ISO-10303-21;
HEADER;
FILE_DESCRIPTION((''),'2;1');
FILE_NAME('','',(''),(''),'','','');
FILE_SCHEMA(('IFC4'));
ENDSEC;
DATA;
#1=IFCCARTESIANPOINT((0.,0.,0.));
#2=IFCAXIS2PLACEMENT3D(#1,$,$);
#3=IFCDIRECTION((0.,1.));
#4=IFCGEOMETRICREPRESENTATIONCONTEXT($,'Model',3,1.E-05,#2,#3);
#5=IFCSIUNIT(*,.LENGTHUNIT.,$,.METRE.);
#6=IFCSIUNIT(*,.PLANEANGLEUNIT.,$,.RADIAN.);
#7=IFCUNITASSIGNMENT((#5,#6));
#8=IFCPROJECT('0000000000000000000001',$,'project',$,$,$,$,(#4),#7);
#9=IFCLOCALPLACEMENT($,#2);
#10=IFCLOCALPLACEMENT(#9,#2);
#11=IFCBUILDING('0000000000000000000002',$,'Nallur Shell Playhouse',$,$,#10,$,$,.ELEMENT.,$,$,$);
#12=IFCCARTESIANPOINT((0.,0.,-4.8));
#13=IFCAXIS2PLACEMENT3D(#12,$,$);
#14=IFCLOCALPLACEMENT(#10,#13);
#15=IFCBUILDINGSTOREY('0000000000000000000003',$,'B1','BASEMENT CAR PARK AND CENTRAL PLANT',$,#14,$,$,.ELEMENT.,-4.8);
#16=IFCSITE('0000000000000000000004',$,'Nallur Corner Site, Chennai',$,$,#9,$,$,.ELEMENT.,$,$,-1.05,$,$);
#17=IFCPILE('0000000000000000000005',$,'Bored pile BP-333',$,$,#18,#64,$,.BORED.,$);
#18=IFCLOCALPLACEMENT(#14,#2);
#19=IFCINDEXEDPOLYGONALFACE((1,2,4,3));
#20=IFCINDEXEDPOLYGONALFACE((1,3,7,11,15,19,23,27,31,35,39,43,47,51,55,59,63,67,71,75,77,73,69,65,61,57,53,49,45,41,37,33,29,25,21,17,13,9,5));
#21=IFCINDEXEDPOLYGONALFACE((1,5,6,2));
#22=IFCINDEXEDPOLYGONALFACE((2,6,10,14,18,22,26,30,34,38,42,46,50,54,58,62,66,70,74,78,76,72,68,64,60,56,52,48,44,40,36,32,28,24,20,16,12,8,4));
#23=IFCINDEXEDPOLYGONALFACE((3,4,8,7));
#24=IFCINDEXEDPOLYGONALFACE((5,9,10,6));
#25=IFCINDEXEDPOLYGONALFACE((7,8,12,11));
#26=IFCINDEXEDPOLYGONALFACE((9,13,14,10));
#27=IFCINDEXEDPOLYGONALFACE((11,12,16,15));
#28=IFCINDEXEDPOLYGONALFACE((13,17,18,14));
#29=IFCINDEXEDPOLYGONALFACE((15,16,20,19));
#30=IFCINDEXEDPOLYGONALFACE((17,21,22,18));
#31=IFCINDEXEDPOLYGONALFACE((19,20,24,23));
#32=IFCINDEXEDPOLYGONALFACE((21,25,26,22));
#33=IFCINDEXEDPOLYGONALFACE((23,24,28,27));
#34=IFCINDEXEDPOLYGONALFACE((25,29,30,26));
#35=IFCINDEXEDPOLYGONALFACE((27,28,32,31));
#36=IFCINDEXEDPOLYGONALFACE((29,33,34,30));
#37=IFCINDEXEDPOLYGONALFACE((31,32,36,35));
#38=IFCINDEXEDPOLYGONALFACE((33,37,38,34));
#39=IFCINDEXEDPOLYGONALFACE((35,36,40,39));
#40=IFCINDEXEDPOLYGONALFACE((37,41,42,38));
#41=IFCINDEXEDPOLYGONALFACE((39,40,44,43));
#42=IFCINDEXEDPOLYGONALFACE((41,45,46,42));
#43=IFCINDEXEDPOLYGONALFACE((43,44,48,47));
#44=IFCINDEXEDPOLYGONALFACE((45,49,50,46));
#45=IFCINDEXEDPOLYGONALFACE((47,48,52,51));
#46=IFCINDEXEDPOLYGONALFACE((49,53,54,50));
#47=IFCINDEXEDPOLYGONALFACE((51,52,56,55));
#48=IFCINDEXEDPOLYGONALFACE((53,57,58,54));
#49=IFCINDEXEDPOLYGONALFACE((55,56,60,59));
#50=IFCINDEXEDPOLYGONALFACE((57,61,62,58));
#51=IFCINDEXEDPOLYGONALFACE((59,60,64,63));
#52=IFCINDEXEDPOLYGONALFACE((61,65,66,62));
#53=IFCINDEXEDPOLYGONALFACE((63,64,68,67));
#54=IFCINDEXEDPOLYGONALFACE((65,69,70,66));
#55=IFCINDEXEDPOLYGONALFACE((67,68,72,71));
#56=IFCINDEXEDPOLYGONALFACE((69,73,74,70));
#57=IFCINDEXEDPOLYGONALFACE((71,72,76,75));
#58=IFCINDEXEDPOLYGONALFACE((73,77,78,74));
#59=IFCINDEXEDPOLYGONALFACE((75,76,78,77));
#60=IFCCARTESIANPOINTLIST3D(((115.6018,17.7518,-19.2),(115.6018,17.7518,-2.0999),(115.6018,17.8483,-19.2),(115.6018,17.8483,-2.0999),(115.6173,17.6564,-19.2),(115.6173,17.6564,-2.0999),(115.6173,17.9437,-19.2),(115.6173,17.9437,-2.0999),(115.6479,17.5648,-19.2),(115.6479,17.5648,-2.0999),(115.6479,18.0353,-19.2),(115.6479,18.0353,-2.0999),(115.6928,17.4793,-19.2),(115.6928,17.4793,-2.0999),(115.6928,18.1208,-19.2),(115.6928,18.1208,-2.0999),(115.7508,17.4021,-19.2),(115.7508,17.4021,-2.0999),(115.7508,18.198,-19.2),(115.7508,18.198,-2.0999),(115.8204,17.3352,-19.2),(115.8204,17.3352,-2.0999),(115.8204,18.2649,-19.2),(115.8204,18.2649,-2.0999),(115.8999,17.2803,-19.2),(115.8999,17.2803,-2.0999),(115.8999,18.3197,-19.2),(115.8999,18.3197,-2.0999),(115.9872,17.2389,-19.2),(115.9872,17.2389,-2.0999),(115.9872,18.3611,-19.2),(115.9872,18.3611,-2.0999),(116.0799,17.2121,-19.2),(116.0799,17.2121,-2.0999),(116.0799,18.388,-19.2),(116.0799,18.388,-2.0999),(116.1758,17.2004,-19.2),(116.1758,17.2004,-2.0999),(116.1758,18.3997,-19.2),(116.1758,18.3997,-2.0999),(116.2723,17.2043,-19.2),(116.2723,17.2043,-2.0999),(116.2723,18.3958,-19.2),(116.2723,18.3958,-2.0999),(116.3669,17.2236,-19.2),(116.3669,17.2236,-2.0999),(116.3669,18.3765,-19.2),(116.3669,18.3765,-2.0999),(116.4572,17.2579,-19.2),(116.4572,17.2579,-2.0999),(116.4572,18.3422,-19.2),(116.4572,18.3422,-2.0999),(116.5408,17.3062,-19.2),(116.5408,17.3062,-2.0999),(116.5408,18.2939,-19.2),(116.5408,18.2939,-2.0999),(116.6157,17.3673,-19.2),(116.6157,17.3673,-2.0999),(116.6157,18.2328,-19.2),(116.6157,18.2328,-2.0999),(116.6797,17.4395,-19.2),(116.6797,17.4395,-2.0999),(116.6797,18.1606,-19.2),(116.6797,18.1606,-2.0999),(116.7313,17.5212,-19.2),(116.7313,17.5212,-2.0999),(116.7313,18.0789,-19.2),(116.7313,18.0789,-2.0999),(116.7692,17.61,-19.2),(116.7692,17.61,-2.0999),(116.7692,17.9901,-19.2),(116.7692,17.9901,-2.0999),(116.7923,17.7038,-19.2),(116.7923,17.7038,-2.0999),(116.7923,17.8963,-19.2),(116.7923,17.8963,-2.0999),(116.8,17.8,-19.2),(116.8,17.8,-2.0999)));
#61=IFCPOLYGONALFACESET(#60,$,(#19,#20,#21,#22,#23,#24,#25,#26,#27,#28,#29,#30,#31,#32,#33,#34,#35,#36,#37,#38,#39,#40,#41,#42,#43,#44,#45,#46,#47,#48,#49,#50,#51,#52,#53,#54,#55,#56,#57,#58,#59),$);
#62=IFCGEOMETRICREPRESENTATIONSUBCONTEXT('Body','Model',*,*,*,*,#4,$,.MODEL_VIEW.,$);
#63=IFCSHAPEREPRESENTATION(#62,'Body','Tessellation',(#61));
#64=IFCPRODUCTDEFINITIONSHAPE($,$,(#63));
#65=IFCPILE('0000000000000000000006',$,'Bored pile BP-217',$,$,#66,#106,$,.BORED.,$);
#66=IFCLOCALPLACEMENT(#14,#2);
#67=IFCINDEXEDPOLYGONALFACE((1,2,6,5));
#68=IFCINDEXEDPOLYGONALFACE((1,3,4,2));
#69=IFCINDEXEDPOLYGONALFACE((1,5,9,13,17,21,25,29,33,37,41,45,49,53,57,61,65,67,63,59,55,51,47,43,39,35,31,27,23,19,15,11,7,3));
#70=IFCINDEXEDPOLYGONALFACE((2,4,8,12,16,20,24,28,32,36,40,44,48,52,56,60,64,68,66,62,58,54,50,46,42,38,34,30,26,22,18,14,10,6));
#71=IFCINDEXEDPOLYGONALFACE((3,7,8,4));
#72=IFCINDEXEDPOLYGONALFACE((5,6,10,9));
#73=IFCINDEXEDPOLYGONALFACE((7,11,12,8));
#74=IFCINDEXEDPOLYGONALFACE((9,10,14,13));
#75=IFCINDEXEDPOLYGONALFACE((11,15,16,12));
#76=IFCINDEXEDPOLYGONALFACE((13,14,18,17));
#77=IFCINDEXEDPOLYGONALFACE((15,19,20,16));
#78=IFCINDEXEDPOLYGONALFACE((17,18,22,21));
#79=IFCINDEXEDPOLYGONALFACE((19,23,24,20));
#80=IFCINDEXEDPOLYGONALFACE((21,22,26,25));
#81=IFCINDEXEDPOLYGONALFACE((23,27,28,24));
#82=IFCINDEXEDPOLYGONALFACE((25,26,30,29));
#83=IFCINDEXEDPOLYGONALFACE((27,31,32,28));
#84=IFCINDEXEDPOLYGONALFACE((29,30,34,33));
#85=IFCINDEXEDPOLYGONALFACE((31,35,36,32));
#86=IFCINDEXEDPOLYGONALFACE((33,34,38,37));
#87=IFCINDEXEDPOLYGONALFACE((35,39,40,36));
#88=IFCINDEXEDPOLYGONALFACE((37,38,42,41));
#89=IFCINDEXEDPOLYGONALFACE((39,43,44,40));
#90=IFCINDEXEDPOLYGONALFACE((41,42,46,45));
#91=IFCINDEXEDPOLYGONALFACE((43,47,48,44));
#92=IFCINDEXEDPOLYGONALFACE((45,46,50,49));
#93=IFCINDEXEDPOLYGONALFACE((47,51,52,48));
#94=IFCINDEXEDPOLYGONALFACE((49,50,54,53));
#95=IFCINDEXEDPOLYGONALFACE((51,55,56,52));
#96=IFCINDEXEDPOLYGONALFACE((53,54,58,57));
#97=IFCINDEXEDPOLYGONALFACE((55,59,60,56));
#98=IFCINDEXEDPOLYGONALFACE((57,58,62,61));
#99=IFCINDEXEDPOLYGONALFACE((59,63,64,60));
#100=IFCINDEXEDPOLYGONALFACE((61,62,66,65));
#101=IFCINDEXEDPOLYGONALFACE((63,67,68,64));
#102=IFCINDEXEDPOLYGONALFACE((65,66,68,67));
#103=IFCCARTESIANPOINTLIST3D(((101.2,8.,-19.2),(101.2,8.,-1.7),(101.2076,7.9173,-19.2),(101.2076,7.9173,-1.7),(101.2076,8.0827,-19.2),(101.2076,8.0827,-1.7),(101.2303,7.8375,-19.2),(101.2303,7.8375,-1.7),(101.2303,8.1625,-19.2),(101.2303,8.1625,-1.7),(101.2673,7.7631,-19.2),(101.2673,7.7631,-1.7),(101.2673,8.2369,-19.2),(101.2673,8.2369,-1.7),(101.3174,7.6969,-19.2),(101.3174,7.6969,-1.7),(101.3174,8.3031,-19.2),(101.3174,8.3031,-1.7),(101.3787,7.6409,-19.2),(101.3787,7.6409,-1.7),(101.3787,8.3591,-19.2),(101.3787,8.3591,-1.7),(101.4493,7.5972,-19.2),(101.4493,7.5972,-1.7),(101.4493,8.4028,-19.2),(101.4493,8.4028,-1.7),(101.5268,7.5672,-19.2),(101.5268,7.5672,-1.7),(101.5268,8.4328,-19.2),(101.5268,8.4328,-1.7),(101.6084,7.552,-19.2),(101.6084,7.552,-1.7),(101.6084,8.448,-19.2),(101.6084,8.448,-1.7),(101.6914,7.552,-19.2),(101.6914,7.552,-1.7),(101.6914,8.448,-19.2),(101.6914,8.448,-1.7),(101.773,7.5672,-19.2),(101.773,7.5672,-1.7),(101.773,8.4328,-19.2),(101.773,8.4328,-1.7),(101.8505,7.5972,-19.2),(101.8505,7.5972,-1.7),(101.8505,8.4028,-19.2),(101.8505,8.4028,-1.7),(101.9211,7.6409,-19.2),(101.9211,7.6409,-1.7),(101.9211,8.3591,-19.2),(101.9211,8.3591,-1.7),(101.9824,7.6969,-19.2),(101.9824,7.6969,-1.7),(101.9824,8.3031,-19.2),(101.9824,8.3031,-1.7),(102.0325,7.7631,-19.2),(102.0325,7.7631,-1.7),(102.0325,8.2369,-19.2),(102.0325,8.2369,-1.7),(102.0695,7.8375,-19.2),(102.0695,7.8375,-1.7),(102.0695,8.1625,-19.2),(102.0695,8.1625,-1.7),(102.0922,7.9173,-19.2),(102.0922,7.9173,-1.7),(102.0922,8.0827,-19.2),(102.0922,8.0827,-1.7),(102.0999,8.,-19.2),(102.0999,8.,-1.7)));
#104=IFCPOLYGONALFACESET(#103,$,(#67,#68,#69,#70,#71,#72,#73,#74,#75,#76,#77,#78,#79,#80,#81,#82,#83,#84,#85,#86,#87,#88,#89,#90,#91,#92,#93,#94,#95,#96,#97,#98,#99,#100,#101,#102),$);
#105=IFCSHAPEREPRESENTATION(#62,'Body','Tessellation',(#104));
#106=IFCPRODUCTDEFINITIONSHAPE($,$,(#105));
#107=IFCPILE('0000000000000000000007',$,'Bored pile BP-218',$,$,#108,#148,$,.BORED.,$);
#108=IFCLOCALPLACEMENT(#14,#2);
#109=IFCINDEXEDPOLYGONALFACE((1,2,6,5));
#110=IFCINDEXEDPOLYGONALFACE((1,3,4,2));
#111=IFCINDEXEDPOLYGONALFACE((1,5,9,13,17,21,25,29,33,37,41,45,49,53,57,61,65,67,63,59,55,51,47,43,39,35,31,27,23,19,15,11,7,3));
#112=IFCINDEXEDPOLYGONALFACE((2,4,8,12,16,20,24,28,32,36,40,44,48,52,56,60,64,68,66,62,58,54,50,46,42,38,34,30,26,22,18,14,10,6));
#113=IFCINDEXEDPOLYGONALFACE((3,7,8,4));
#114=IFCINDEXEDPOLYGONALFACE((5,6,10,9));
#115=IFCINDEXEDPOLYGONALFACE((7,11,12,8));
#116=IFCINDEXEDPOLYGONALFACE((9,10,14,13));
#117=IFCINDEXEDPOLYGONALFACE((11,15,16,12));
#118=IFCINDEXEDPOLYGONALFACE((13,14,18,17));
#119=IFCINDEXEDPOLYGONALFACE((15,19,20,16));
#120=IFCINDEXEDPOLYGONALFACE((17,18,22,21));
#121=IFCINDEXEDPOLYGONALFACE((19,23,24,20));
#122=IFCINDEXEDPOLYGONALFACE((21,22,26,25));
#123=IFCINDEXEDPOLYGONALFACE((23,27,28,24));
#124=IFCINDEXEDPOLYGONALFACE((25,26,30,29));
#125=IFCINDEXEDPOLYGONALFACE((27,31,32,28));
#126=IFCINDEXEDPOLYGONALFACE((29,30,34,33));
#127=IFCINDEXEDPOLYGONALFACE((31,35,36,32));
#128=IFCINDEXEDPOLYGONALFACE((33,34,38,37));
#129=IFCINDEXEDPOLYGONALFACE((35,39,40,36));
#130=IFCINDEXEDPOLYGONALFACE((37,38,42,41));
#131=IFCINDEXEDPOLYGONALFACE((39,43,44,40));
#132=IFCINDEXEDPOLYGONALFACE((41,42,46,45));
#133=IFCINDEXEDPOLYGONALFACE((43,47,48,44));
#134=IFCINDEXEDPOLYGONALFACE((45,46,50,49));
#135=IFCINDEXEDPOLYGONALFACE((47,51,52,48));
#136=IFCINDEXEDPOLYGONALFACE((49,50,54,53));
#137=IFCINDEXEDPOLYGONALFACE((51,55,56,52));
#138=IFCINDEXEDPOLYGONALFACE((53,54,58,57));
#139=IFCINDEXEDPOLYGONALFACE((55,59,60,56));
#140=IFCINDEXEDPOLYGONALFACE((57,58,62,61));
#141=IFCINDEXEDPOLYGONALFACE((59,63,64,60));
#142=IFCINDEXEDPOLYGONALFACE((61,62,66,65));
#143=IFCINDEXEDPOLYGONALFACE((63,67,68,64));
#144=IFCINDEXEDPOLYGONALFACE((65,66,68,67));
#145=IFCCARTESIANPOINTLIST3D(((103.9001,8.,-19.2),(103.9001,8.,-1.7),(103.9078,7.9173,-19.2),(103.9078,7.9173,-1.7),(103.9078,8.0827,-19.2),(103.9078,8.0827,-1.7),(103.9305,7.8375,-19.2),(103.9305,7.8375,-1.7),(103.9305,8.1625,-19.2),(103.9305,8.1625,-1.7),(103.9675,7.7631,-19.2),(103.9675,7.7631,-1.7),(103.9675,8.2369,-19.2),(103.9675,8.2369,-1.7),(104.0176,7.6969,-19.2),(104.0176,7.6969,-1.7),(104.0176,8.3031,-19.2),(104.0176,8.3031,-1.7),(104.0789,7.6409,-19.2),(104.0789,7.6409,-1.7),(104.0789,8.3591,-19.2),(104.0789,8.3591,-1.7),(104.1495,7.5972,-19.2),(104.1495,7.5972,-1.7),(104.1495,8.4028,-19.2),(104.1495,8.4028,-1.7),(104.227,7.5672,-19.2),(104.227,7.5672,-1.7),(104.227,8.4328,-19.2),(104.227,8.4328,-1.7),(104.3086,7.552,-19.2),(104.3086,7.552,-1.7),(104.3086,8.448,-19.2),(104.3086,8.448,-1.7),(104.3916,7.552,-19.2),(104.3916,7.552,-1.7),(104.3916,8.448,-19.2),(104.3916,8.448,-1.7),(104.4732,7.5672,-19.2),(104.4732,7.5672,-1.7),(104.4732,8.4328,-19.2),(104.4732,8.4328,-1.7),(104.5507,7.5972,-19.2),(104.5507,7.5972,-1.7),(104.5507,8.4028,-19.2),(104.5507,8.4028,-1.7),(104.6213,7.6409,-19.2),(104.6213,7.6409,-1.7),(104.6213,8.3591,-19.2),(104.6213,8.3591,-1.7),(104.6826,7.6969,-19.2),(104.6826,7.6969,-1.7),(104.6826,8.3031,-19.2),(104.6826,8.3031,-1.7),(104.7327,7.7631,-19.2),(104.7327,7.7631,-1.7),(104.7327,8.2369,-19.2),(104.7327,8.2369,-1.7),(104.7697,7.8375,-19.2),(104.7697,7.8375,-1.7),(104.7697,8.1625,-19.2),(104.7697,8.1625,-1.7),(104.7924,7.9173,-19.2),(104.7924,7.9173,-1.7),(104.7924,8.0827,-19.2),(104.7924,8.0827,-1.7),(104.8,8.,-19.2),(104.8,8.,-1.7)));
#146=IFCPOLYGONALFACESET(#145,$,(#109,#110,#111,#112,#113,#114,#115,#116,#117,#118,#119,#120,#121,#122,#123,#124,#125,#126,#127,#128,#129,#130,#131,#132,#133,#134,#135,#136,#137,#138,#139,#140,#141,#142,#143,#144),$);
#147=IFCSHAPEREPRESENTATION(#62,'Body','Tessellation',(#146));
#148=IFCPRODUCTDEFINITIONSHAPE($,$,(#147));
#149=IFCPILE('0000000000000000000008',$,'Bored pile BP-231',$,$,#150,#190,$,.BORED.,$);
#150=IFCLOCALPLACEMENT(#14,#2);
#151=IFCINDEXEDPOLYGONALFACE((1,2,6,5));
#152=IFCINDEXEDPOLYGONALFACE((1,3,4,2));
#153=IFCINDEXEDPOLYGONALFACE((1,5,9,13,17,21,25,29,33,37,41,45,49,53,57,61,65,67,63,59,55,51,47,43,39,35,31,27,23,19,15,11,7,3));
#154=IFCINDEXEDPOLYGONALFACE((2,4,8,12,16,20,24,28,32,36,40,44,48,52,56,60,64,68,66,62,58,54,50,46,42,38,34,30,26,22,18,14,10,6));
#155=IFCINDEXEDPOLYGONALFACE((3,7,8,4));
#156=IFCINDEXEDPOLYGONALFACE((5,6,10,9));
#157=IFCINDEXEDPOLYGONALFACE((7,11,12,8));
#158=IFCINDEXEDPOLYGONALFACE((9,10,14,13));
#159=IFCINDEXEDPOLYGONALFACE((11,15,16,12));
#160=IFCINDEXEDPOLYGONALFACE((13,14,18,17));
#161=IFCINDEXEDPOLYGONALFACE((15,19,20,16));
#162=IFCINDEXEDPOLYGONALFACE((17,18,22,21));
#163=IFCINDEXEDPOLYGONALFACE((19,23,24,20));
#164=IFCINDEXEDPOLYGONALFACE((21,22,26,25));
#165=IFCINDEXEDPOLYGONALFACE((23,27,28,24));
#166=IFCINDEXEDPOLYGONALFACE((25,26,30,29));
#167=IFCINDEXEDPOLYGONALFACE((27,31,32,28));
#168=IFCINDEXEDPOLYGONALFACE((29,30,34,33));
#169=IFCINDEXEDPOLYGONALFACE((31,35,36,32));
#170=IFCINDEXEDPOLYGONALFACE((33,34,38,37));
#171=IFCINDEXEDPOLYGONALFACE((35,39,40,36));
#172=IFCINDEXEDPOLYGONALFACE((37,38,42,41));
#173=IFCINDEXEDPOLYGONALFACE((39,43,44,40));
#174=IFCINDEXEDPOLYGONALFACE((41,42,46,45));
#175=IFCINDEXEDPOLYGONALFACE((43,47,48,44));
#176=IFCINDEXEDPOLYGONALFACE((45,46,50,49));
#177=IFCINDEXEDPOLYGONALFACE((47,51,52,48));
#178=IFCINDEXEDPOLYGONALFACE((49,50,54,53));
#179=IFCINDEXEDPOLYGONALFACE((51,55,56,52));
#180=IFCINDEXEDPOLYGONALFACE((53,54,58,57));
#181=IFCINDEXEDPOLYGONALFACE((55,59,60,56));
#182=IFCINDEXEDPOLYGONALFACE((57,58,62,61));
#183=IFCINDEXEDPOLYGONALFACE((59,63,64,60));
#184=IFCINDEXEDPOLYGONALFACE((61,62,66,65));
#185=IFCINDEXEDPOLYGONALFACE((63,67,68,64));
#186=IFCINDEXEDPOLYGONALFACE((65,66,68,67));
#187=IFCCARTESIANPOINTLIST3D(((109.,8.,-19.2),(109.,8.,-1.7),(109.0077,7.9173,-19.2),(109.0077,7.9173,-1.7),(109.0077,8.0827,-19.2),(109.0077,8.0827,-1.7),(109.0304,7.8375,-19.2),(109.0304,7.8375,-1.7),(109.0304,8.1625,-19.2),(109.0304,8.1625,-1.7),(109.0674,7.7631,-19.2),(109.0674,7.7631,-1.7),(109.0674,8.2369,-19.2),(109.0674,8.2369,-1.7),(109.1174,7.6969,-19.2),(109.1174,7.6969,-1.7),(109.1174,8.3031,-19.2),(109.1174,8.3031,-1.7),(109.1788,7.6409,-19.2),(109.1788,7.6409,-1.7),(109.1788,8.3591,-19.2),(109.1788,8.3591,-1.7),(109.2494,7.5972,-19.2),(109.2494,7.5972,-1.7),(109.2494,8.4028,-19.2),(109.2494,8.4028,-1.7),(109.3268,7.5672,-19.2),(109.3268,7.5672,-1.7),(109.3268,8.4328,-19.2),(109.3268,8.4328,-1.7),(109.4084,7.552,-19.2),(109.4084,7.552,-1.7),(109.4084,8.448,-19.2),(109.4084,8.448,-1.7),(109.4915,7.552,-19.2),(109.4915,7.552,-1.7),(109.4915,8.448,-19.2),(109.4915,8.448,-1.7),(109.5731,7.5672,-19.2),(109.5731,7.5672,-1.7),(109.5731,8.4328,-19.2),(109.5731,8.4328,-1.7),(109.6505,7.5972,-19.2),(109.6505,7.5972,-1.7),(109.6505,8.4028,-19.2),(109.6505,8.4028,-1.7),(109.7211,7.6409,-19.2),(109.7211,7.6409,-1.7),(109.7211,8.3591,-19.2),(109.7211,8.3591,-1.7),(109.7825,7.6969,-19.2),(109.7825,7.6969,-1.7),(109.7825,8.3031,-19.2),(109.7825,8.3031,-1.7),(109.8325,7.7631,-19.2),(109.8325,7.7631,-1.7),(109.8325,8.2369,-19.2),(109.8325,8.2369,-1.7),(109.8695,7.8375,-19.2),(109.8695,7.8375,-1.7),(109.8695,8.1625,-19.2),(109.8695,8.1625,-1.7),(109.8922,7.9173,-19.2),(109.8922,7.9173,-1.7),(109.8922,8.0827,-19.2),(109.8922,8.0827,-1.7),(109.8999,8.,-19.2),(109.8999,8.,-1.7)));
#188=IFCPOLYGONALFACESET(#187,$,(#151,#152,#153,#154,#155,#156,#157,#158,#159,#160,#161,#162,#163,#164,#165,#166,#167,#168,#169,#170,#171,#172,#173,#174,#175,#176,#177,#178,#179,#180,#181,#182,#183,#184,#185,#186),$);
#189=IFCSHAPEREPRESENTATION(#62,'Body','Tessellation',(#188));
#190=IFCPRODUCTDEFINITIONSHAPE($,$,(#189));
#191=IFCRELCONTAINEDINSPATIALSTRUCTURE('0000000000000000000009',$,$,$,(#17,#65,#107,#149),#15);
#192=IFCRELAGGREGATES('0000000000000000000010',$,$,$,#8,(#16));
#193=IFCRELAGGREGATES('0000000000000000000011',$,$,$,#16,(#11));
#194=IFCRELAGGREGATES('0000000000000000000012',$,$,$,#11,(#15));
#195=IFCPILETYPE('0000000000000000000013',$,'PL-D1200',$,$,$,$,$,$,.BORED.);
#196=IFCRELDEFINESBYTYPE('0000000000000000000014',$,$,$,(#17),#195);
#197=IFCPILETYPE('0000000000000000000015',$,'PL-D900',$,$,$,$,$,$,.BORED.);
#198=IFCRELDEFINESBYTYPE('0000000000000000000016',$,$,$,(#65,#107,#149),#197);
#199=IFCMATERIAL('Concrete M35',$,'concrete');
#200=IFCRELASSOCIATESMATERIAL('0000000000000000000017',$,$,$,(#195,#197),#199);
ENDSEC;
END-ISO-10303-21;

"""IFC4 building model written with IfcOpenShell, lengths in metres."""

from ifc_helpers import new_model, si_unit, direction, frame, origin, origin_2d, place, context, subcontext, project, spatial, circle, extrude, material, material_profile, profile_set, type_object, element, save


model = new_model("IFC4")

# Units and contexts
model_context = context("Model", 3, precision=1e-05, world=origin(), true_north=direction((0.0, 1.0)))
body_context = subcontext(model_context, "Body", "Model", "MODEL_VIEW")
ifc_project = project(units=[si_unit("LENGTHUNIT", "METRE"), si_unit("PLANEANGLEUNIT", "RADIAN")], contexts=[model_context])

# Site, building, storey
site_placement = place(None, origin())
site = spatial("IfcSite", under=ifc_project, at=site_placement, Name="Nallur Corner Site, Chennai", CompositionType="ELEMENT", RefElevation=-1.05)
building_placement = place(site_placement, origin())
building = spatial("IfcBuilding", under=site, at=building_placement, Name="Nallur Shell Playhouse", CompositionType="ELEMENT")
storey_placement = place(building_placement, frame((0.0, 0.0, -4.8)))
storey = spatial("IfcBuildingStorey", under=building, at=storey_placement, Name="B1", Description="BASEMENT CAR PARK AND CENTRAL PLANT", CompositionType="ELEMENT", Elevation=-4.8)

# Shared definitions
ifc_material_1 = material(Name="Concrete M35", Category="concrete")

# Piles
ifc_material_profile_1 = material_profile(ifc_material_1, circle(Radius=0.6001, at=origin_2d()), Name="BORED PILE D1200")
ifc_profile_set_1 = profile_set([ifc_material_profile_1], Name="Concrete M35")
pile_type_1 = type_object("IfcPileType", Name="PL-D1200", PredefinedType="BORED", material=ifc_profile_set_1)
for number, where, z_axis, x_axis, name in (
    (1, (116.2, 17.8, -2.0999), (0.0, 0.0, -1.0), (1.0, 0.0, 0.0), "Bored pile BP-333"),
):
    element("IfcPile", number, at=place(storey_placement, frame(where, z_axis=z_axis, x_axis=x_axis)), inside=storey, type_object=pile_type_1, Name=name, PredefinedType="BORED", context=body_context, shape_type="SweptSolid", body=[
        extrude(circle(Radius=0.6001, at=origin_2d()), origin(), (0.0, 0.0, 1.0), 17.1001),
    ])
ifc_material_profile_2 = material_profile(ifc_material_1, circle(Radius=0.45, at=origin_2d()), Name="BORED PILE D900")
ifc_profile_set_2 = profile_set([ifc_material_profile_2], Name="Concrete M35")
pile_type_2 = type_object("IfcPileType", Name="PL-D900", PredefinedType="BORED", material=ifc_profile_set_2)
for number, where, z_axis, x_axis, name in (
    (2, (101.6499, 8.0, -1.7), (0.0, 0.0, -1.0), (1.0, 0.0, 0.0), "Bored pile BP-217"),
    (3, (104.3501, 8.0, -1.7), (0.0, 0.0, -1.0), (1.0, 0.0, 0.0), "Bored pile BP-218"),
    (4, (109.45, 8.0, -1.7), (0.0, 0.0, -1.0), (1.0, 0.0, 0.0), "Bored pile BP-231"),
):
    element("IfcPile", number, at=place(storey_placement, frame(where, z_axis=z_axis, x_axis=x_axis)), inside=storey, type_object=pile_type_2, Name=name, PredefinedType="BORED", context=body_context, shape_type="SweptSolid", body=[
        extrude(circle(Radius=0.45, at=origin_2d()), origin(), (0.0, 0.0, 1.0), 17.5),
    ])

save(model, "model.ifc")
